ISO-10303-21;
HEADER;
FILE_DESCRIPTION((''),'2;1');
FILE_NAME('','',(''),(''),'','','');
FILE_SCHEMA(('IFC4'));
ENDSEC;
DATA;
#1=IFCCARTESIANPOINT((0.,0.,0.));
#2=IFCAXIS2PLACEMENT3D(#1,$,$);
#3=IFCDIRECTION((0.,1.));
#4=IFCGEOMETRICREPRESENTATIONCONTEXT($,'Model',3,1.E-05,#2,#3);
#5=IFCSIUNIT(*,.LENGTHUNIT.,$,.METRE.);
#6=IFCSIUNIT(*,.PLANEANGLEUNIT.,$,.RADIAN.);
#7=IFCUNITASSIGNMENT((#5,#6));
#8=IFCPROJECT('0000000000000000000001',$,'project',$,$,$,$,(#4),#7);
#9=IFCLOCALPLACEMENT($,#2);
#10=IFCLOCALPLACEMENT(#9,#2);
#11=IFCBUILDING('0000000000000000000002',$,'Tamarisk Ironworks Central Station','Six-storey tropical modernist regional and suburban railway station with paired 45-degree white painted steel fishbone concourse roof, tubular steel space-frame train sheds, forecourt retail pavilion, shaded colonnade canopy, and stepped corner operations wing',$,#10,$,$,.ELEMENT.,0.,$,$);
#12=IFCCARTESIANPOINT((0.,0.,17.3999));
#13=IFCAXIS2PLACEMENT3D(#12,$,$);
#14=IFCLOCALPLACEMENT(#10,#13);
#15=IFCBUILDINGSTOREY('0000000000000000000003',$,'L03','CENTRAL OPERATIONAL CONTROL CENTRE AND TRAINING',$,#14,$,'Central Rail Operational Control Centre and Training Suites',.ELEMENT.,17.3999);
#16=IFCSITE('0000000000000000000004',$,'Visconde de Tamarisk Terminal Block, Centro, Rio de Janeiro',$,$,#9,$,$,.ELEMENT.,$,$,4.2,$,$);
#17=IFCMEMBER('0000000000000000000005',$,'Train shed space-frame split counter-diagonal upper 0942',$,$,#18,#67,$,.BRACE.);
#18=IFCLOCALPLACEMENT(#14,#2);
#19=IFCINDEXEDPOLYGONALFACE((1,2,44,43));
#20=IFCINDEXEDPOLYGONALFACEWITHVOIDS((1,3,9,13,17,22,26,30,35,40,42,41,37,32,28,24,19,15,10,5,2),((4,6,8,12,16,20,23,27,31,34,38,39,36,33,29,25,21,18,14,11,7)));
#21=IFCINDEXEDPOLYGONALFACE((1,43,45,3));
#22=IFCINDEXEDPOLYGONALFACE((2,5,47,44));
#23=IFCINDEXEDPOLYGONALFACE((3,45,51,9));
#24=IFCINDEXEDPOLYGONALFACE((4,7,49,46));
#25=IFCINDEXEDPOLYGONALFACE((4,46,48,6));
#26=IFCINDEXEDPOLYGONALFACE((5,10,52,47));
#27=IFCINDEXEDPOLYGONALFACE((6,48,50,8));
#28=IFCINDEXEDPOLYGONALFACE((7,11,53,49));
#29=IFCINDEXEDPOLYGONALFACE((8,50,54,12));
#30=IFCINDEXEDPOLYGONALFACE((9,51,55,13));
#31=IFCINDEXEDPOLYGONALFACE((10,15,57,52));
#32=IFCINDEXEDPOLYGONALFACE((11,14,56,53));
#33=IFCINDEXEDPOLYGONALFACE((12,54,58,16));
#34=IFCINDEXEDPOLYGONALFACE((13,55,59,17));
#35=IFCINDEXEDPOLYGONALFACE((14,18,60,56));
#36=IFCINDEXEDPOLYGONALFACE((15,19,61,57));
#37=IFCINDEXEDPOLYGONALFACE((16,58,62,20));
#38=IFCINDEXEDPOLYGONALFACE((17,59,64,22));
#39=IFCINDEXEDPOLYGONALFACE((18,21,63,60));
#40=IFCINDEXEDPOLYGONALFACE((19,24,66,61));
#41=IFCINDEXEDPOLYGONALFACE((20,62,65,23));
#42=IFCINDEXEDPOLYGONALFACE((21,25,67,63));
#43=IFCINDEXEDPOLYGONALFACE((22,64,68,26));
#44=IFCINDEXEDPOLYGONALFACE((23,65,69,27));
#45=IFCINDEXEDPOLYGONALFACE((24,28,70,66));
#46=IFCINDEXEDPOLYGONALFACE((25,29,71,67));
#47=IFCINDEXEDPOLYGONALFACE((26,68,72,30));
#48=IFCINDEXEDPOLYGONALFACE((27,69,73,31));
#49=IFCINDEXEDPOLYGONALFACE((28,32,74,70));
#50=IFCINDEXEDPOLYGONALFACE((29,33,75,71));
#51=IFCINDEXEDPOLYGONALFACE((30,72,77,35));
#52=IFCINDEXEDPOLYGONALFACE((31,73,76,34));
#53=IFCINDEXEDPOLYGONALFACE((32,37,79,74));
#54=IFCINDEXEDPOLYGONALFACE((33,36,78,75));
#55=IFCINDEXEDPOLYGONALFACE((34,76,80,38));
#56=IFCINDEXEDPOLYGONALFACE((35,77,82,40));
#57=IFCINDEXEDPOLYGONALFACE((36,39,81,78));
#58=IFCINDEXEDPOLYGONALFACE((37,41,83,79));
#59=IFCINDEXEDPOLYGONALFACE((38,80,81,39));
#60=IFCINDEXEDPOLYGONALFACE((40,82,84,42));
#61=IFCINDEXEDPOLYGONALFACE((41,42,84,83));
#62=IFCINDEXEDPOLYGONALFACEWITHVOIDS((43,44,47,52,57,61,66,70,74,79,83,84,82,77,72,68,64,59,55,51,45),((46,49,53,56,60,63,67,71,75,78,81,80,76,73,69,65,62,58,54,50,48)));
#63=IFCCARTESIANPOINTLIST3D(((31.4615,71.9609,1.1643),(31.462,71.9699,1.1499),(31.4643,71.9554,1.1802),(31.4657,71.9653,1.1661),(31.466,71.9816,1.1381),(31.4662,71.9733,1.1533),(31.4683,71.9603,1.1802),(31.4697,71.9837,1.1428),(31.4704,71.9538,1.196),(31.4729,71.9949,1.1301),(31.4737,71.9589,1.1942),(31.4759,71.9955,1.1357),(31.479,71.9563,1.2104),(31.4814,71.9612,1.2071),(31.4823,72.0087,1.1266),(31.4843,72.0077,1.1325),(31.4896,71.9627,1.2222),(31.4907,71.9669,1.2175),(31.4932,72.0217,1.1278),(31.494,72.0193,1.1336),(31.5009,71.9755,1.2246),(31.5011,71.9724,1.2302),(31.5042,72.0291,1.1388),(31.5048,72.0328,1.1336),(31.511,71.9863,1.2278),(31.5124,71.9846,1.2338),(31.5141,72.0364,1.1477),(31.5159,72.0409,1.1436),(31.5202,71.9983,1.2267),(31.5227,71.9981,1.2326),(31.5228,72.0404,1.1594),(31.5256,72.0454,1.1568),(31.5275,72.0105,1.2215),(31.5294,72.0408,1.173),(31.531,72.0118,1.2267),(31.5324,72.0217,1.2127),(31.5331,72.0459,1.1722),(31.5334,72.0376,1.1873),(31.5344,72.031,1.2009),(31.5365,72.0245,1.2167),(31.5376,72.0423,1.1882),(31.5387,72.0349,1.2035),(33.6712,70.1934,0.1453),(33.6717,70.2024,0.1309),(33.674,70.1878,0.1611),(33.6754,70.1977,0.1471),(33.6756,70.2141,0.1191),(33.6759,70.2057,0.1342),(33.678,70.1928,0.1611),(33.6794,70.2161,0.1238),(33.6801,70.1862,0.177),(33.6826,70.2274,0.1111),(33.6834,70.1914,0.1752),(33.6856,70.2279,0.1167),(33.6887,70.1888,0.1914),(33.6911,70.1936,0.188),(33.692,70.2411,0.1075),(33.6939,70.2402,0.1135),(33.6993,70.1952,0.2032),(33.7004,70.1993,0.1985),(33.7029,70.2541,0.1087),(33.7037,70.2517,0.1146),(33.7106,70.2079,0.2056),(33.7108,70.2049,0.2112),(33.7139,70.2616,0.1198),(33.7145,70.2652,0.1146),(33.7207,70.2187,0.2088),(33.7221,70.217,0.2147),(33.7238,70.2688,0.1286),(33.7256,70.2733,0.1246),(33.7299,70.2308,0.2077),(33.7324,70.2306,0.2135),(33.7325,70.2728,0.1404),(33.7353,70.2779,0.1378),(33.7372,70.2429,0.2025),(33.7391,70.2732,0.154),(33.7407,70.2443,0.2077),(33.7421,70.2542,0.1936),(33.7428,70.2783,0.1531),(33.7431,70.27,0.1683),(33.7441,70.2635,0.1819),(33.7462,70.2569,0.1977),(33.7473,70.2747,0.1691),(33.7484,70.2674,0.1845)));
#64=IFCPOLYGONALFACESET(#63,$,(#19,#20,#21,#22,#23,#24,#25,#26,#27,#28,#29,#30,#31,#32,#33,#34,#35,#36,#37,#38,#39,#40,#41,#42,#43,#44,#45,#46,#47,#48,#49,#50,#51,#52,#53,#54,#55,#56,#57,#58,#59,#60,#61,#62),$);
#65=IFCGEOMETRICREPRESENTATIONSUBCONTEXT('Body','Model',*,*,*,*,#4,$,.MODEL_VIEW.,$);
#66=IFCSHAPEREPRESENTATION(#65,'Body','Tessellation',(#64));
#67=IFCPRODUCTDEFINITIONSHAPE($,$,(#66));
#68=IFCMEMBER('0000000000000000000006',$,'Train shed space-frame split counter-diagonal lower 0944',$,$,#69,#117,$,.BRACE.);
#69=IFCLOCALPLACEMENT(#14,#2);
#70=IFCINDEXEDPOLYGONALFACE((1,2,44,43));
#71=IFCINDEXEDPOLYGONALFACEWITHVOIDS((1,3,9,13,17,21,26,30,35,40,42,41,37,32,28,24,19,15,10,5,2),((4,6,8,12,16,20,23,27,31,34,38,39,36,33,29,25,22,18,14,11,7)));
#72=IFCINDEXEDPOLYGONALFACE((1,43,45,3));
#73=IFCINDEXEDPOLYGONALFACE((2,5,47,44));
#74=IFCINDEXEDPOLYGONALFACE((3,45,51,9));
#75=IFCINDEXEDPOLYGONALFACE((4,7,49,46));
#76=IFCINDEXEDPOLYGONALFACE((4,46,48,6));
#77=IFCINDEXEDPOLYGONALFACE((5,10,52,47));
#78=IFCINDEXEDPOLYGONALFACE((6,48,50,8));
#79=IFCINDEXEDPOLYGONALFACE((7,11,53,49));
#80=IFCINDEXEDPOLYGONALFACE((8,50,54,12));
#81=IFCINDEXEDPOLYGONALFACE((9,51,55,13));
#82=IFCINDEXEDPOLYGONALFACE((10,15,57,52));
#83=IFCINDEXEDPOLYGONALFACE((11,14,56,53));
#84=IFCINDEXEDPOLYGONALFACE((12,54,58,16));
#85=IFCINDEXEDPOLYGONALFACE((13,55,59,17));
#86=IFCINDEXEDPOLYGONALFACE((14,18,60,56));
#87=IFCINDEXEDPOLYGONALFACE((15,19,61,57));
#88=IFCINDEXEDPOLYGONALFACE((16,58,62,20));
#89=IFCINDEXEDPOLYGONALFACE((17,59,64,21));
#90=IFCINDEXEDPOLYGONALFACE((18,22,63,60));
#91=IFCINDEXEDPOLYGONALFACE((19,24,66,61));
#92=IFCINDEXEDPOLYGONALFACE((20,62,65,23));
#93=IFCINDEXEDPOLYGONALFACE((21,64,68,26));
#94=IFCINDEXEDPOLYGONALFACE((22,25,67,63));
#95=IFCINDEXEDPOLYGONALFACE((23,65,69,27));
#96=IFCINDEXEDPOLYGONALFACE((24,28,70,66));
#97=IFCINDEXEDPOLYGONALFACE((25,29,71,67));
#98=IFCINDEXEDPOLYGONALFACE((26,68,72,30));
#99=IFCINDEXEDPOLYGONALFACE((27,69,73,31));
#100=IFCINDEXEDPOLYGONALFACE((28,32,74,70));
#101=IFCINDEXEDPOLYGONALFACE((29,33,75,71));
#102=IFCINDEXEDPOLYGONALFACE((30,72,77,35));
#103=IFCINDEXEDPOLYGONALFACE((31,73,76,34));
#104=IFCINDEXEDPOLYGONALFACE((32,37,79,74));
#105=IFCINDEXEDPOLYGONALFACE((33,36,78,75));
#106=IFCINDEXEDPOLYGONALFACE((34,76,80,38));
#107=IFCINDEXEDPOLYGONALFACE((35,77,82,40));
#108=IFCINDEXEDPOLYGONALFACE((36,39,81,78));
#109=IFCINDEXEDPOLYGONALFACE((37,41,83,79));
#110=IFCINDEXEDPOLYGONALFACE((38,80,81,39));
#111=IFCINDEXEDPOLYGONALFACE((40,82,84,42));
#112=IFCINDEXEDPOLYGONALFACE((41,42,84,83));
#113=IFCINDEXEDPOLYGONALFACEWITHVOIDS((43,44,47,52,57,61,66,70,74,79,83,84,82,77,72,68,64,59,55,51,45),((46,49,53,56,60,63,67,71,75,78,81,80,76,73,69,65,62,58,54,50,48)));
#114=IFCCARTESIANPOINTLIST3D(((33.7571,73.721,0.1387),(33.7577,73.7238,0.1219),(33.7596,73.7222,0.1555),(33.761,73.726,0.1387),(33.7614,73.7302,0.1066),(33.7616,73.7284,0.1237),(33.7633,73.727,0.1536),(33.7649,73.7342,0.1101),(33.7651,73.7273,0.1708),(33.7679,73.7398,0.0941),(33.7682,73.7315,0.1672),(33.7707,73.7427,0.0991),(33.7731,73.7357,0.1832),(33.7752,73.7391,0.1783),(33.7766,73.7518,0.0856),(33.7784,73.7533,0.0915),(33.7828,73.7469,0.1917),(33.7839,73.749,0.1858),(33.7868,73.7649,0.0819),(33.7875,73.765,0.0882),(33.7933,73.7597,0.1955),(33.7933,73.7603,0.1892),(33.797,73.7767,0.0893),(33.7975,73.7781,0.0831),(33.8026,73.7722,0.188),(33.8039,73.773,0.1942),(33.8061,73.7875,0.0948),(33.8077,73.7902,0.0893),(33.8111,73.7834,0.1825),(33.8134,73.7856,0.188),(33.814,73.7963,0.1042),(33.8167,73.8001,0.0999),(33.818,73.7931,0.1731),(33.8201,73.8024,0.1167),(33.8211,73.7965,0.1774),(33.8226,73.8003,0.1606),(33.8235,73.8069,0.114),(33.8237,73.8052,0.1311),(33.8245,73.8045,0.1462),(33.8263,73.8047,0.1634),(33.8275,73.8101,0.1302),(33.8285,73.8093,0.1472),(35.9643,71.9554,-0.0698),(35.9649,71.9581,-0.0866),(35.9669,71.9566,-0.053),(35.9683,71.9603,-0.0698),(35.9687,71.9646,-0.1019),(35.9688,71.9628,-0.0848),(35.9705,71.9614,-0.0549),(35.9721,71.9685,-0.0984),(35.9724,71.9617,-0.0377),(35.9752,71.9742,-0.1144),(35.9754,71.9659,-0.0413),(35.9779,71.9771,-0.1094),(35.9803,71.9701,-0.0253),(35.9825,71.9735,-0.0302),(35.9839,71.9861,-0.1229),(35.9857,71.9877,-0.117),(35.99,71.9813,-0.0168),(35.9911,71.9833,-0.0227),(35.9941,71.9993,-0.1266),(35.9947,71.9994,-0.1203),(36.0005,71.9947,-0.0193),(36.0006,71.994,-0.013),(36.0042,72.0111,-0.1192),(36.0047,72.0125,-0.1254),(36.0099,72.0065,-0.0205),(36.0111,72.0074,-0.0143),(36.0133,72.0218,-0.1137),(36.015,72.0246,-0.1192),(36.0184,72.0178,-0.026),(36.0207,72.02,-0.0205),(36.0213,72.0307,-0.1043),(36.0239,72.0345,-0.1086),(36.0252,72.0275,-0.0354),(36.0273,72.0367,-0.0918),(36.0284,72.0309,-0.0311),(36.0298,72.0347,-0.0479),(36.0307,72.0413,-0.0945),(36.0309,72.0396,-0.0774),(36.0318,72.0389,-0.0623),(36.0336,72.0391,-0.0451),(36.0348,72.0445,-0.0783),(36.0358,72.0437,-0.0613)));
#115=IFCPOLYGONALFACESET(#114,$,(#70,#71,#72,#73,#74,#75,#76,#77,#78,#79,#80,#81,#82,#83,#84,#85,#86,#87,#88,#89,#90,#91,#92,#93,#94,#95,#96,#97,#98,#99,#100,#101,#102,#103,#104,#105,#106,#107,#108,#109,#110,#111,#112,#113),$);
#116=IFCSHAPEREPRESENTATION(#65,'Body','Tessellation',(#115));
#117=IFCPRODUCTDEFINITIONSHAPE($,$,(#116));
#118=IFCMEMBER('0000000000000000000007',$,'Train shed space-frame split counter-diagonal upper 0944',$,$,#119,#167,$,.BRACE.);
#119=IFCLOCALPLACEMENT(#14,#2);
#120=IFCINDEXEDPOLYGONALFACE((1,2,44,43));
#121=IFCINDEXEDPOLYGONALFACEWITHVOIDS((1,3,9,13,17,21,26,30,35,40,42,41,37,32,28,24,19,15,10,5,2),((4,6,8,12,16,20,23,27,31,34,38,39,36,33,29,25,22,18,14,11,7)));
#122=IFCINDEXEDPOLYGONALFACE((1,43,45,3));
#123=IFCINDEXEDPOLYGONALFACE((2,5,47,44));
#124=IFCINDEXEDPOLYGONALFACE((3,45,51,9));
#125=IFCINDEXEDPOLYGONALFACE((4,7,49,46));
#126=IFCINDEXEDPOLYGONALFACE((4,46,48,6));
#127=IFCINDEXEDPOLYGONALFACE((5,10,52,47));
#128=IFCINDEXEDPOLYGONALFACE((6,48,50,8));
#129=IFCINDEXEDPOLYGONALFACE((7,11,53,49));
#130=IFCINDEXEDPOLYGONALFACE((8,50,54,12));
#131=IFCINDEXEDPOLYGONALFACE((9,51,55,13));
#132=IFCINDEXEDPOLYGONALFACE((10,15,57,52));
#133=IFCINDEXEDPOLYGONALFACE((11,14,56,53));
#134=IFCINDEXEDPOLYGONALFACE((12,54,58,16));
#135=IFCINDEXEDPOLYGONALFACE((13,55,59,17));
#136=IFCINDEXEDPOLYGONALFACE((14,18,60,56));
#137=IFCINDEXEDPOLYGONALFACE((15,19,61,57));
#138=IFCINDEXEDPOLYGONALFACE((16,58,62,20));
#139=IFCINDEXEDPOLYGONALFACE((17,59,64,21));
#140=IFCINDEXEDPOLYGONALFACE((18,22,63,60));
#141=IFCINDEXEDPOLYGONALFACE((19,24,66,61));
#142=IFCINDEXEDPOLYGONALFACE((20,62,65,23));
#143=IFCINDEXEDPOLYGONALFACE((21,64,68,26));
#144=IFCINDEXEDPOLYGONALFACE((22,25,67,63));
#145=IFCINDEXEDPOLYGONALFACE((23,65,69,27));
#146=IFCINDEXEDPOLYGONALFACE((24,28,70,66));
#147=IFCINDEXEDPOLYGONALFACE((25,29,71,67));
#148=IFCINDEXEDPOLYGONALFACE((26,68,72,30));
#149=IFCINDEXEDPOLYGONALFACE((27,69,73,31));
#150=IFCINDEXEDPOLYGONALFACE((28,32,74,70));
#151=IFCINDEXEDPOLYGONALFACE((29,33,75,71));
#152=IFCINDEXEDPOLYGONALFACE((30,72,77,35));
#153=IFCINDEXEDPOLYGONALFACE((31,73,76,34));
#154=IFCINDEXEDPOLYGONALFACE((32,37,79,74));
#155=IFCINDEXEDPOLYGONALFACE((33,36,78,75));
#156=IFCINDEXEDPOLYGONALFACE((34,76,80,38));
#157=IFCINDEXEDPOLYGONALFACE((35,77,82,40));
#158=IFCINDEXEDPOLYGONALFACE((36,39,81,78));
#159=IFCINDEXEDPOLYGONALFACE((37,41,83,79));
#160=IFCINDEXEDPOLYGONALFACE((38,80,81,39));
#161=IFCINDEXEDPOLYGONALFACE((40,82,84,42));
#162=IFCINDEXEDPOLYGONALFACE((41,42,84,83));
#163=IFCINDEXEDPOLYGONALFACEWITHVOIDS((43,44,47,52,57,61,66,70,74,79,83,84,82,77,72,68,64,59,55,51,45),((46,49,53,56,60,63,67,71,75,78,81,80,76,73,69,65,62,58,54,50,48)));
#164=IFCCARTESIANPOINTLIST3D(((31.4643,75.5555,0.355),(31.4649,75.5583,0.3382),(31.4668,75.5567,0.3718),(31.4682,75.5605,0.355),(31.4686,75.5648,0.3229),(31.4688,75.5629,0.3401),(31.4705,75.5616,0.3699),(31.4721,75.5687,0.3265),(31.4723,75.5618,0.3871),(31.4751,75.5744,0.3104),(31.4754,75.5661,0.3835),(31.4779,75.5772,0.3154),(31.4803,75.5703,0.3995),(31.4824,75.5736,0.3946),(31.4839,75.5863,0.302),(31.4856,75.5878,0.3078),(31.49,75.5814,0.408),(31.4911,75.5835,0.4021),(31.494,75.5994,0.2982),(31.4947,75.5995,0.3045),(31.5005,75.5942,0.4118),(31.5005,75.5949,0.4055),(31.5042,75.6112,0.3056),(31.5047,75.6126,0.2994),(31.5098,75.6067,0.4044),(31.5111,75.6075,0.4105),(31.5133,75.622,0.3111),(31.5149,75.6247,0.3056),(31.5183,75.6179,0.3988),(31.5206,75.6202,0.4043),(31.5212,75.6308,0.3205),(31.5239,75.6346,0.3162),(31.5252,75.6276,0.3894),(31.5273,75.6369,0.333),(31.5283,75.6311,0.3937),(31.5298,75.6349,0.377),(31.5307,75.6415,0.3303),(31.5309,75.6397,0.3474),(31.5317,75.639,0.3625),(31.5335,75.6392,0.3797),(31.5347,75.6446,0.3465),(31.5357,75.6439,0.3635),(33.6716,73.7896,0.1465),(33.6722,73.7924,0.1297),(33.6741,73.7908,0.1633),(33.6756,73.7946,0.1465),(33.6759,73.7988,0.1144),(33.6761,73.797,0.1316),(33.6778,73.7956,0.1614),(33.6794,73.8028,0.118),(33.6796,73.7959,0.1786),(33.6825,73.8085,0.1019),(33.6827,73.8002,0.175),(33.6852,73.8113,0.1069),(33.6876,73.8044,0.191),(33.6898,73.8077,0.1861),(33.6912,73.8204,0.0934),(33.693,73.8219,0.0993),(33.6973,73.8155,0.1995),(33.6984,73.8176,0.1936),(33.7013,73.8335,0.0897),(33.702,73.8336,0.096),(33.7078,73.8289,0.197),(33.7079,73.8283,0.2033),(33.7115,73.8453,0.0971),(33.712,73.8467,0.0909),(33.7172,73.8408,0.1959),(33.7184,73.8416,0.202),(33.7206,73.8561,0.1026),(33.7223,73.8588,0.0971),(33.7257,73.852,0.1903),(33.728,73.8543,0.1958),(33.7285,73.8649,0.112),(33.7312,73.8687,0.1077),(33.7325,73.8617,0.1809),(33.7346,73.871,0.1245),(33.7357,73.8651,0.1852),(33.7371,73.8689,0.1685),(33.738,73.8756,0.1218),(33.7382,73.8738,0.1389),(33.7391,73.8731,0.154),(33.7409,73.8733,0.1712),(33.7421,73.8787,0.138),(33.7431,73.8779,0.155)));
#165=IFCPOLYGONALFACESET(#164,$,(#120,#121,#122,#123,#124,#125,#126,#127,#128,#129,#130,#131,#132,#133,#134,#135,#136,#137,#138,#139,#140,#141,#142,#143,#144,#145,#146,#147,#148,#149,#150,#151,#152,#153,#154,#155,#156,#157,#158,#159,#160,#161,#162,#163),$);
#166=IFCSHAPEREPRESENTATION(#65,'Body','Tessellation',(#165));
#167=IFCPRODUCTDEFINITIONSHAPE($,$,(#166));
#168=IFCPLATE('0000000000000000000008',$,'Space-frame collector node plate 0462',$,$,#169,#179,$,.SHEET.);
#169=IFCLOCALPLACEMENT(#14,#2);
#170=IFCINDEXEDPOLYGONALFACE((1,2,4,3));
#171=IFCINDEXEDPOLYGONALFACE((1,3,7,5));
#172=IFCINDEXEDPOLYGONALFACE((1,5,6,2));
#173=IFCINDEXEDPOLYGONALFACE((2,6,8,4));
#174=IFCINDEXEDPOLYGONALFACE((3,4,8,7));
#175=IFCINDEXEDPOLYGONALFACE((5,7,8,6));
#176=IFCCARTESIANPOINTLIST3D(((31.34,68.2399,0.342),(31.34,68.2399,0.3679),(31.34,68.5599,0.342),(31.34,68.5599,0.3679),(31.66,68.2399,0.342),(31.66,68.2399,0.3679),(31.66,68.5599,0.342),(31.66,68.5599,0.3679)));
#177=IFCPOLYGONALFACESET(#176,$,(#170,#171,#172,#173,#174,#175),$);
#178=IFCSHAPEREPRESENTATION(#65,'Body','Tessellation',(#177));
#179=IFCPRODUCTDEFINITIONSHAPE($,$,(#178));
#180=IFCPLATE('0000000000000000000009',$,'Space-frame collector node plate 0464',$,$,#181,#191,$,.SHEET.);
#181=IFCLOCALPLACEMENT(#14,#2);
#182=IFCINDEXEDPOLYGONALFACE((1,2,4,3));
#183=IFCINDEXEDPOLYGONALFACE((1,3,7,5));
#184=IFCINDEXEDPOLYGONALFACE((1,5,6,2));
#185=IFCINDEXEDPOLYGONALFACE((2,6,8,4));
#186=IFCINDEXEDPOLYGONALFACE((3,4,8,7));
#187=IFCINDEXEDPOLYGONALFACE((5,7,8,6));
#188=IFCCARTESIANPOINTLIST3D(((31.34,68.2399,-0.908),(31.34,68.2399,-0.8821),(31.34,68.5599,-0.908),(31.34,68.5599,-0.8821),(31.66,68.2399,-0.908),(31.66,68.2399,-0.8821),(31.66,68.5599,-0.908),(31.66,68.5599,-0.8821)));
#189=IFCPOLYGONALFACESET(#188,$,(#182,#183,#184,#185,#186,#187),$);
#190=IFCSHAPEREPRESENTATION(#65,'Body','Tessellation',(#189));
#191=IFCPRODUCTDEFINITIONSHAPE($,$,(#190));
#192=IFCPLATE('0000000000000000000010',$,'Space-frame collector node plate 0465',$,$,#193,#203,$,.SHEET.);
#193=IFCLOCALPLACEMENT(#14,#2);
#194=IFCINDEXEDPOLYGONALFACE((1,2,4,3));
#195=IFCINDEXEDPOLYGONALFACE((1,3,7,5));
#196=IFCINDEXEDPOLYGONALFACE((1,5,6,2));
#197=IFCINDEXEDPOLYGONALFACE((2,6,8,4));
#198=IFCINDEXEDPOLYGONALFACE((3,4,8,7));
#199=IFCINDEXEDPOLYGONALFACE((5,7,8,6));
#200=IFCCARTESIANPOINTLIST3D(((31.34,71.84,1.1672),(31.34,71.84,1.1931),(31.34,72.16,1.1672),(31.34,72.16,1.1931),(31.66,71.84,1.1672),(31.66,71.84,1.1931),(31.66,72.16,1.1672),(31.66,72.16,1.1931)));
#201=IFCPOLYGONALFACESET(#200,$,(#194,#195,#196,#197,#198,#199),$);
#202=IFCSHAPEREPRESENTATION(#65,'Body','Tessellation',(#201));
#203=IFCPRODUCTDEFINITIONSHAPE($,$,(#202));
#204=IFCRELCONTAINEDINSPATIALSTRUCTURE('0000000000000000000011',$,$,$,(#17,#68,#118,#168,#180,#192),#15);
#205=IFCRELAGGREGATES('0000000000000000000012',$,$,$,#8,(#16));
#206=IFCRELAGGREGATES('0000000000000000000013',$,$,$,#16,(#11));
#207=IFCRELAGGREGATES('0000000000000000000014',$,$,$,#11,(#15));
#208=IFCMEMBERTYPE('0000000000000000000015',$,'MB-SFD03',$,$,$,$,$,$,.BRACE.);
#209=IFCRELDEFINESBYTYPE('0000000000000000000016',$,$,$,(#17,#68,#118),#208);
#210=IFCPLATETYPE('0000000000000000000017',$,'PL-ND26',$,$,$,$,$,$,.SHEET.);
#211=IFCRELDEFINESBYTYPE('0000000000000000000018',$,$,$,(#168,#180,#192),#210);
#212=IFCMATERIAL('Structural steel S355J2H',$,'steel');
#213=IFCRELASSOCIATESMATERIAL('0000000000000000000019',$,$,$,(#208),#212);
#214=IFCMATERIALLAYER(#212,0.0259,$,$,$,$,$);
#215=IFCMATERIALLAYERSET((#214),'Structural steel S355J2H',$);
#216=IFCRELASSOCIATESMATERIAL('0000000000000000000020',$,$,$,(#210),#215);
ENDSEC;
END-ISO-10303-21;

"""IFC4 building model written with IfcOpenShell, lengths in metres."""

from ifc_helpers import new_model, si_unit, direction, frame, origin, origin_2d, place, context, subcontext, project, spatial, rectangle, hollow_circle, extrude, material, layer, layer_set, material_profile, profile_set, type_object, element, save


model = new_model("IFC4")

# Units and contexts
model_context = context("Model", 3, precision=1e-05, world=origin(), true_north=direction((0.0, 1.0)))
body_context = subcontext(model_context, "Body", "Model", "MODEL_VIEW")
ifc_project = project(units=[si_unit("LENGTHUNIT", "METRE"), si_unit("PLANEANGLEUNIT", "RADIAN")], contexts=[model_context])

# Site, building, storey
site_placement = place(None, origin())
site = spatial("IfcSite", under=ifc_project, at=site_placement, Name="Visconde de Tamarisk Terminal Block, Centro, Rio de Janeiro", CompositionType="ELEMENT", RefElevation=4.2)
building_placement = place(site_placement, origin())
building = spatial("IfcBuilding", under=site, at=building_placement, Name="Tamarisk Ironworks Central Station", Description="Six-storey tropical modernist regional and suburban railway station with paired 45-degree white painted steel fishbone concourse roof, tubular steel space-frame train sheds, forecourt retail pavilion, shaded colonnade canopy, and stepped corner operations wing", CompositionType="ELEMENT", ElevationOfRefHeight=0.0)
storey_placement = place(building_placement, frame((0.0, 0.0, 17.3999)))
storey = spatial("IfcBuildingStorey", under=building, at=storey_placement, Name="L03", Description="CENTRAL OPERATIONAL CONTROL CENTRE AND TRAINING", LongName="Central Rail Operational Control Centre and Training Suites", CompositionType="ELEMENT", Elevation=17.3999)

# Members
ifc_material = material(Name="Structural steel S355J2H", Category="steel")
ifc_material_profile_1 = material_profile(ifc_material, hollow_circle(Radius=0.0571, WallThickness=0.0063, at=origin_2d()), Name="CHS 114.3x6.3")
ifc_profile_set_1 = profile_set([ifc_material_profile_1], Name="Structural steel S355J2H")
member_type_1 = type_object("IfcMemberType", Name="MB-SFD03", PredefinedType="BRACE", material=ifc_profile_set_1)
member_1_placement = place(storey_placement, frame((33.7097, 70.2324, 0.1611), z_axis=(-0.734712, 0.587705, 0.338823), x_axis=(-0.624653, -0.780902, 0.0)))
element("IfcMember", 1, at=member_1_placement, inside=storey, type_object=member_type_1, Name="Train shed space-frame split counter-diagonal upper 0942", PredefinedType="BRACE", context=body_context, shape_type="SweptSolid", body=[
    extrude(hollow_circle(Radius=0.0571, WallThickness=0.0063, at=origin_2d()), origin(), (0.0, 0.0, 1.0), 3.0076),
])
member_2_placement = place(storey_placement, frame((36.0, 72.0, -0.0698), z_axis=(-0.778787, 0.62296, 0.073563), x_axis=(-0.624653, -0.780903, 0.0)))
element("IfcMember", 2, at=member_2_placement, inside=storey, type_object=member_type_1, Name="Train shed space-frame split counter-diagonal lower 0944", PredefinedType="BRACE", context=body_context, shape_type="SweptSolid", body=[
    extrude(hollow_circle(Radius=0.0571, WallThickness=0.0063, at=origin_2d()), origin(), (0.0, 0.0, 1.0), 2.8342),
])
member_3_placement = place(storey_placement, frame((33.7073, 73.8342, 0.1465), z_axis=(-0.778745, 0.623013, 0.073559), x_axis=(-0.624706, -0.78086, 0.0)))
element("IfcMember", 3, at=member_3_placement, inside=storey, type_object=member_type_1, Name="Train shed space-frame split counter-diagonal upper 0944", PredefinedType="BRACE", context=body_context, shape_type="SweptSolid", body=[
    extrude(hollow_circle(Radius=0.0571, WallThickness=0.0063, at=origin_2d()), origin(), (0.0, 0.0, 1.0), 2.8345),
])

# Plates
ifc_layer = layer(ifc_material, 0.0259)
ifc_layer_set = layer_set([ifc_layer], Name="Structural steel S355J2H")
plate_type = type_object("IfcPlateType", Name="PL-ND26", PredefinedType="SHEET", material=ifc_layer_set)
for number, where, z_axis, x_axis, name in (
    (4, (31.5, 68.3999, 0.342), (0.0, 0.0, 1.0), (1.0, 0.0, 0.0), "Space-frame collector node plate 0462"),
    (5, (31.5, 68.3999, -0.908), (0.0, 0.0, 1.0), (1.0, 0.0, 0.0), "Space-frame collector node plate 0464"),
    (6, (31.5, 72.0, 1.1672), (0.0, 0.0, 1.0), (1.0, 0.0, 0.0), "Space-frame collector node plate 0465"),
):
    element("IfcPlate", number, at=place(storey_placement, frame(where, z_axis=z_axis, x_axis=x_axis)), inside=storey, type_object=plate_type, Name=name, PredefinedType="SHEET", context=body_context, shape_type="SweptSolid", body=[
        extrude(rectangle(XDim=0.3201, YDim=0.3201, at=origin_2d()), origin(), (0.0, 0.0, 1.0), 0.0259),
    ])

save(model, "model.ifc")
